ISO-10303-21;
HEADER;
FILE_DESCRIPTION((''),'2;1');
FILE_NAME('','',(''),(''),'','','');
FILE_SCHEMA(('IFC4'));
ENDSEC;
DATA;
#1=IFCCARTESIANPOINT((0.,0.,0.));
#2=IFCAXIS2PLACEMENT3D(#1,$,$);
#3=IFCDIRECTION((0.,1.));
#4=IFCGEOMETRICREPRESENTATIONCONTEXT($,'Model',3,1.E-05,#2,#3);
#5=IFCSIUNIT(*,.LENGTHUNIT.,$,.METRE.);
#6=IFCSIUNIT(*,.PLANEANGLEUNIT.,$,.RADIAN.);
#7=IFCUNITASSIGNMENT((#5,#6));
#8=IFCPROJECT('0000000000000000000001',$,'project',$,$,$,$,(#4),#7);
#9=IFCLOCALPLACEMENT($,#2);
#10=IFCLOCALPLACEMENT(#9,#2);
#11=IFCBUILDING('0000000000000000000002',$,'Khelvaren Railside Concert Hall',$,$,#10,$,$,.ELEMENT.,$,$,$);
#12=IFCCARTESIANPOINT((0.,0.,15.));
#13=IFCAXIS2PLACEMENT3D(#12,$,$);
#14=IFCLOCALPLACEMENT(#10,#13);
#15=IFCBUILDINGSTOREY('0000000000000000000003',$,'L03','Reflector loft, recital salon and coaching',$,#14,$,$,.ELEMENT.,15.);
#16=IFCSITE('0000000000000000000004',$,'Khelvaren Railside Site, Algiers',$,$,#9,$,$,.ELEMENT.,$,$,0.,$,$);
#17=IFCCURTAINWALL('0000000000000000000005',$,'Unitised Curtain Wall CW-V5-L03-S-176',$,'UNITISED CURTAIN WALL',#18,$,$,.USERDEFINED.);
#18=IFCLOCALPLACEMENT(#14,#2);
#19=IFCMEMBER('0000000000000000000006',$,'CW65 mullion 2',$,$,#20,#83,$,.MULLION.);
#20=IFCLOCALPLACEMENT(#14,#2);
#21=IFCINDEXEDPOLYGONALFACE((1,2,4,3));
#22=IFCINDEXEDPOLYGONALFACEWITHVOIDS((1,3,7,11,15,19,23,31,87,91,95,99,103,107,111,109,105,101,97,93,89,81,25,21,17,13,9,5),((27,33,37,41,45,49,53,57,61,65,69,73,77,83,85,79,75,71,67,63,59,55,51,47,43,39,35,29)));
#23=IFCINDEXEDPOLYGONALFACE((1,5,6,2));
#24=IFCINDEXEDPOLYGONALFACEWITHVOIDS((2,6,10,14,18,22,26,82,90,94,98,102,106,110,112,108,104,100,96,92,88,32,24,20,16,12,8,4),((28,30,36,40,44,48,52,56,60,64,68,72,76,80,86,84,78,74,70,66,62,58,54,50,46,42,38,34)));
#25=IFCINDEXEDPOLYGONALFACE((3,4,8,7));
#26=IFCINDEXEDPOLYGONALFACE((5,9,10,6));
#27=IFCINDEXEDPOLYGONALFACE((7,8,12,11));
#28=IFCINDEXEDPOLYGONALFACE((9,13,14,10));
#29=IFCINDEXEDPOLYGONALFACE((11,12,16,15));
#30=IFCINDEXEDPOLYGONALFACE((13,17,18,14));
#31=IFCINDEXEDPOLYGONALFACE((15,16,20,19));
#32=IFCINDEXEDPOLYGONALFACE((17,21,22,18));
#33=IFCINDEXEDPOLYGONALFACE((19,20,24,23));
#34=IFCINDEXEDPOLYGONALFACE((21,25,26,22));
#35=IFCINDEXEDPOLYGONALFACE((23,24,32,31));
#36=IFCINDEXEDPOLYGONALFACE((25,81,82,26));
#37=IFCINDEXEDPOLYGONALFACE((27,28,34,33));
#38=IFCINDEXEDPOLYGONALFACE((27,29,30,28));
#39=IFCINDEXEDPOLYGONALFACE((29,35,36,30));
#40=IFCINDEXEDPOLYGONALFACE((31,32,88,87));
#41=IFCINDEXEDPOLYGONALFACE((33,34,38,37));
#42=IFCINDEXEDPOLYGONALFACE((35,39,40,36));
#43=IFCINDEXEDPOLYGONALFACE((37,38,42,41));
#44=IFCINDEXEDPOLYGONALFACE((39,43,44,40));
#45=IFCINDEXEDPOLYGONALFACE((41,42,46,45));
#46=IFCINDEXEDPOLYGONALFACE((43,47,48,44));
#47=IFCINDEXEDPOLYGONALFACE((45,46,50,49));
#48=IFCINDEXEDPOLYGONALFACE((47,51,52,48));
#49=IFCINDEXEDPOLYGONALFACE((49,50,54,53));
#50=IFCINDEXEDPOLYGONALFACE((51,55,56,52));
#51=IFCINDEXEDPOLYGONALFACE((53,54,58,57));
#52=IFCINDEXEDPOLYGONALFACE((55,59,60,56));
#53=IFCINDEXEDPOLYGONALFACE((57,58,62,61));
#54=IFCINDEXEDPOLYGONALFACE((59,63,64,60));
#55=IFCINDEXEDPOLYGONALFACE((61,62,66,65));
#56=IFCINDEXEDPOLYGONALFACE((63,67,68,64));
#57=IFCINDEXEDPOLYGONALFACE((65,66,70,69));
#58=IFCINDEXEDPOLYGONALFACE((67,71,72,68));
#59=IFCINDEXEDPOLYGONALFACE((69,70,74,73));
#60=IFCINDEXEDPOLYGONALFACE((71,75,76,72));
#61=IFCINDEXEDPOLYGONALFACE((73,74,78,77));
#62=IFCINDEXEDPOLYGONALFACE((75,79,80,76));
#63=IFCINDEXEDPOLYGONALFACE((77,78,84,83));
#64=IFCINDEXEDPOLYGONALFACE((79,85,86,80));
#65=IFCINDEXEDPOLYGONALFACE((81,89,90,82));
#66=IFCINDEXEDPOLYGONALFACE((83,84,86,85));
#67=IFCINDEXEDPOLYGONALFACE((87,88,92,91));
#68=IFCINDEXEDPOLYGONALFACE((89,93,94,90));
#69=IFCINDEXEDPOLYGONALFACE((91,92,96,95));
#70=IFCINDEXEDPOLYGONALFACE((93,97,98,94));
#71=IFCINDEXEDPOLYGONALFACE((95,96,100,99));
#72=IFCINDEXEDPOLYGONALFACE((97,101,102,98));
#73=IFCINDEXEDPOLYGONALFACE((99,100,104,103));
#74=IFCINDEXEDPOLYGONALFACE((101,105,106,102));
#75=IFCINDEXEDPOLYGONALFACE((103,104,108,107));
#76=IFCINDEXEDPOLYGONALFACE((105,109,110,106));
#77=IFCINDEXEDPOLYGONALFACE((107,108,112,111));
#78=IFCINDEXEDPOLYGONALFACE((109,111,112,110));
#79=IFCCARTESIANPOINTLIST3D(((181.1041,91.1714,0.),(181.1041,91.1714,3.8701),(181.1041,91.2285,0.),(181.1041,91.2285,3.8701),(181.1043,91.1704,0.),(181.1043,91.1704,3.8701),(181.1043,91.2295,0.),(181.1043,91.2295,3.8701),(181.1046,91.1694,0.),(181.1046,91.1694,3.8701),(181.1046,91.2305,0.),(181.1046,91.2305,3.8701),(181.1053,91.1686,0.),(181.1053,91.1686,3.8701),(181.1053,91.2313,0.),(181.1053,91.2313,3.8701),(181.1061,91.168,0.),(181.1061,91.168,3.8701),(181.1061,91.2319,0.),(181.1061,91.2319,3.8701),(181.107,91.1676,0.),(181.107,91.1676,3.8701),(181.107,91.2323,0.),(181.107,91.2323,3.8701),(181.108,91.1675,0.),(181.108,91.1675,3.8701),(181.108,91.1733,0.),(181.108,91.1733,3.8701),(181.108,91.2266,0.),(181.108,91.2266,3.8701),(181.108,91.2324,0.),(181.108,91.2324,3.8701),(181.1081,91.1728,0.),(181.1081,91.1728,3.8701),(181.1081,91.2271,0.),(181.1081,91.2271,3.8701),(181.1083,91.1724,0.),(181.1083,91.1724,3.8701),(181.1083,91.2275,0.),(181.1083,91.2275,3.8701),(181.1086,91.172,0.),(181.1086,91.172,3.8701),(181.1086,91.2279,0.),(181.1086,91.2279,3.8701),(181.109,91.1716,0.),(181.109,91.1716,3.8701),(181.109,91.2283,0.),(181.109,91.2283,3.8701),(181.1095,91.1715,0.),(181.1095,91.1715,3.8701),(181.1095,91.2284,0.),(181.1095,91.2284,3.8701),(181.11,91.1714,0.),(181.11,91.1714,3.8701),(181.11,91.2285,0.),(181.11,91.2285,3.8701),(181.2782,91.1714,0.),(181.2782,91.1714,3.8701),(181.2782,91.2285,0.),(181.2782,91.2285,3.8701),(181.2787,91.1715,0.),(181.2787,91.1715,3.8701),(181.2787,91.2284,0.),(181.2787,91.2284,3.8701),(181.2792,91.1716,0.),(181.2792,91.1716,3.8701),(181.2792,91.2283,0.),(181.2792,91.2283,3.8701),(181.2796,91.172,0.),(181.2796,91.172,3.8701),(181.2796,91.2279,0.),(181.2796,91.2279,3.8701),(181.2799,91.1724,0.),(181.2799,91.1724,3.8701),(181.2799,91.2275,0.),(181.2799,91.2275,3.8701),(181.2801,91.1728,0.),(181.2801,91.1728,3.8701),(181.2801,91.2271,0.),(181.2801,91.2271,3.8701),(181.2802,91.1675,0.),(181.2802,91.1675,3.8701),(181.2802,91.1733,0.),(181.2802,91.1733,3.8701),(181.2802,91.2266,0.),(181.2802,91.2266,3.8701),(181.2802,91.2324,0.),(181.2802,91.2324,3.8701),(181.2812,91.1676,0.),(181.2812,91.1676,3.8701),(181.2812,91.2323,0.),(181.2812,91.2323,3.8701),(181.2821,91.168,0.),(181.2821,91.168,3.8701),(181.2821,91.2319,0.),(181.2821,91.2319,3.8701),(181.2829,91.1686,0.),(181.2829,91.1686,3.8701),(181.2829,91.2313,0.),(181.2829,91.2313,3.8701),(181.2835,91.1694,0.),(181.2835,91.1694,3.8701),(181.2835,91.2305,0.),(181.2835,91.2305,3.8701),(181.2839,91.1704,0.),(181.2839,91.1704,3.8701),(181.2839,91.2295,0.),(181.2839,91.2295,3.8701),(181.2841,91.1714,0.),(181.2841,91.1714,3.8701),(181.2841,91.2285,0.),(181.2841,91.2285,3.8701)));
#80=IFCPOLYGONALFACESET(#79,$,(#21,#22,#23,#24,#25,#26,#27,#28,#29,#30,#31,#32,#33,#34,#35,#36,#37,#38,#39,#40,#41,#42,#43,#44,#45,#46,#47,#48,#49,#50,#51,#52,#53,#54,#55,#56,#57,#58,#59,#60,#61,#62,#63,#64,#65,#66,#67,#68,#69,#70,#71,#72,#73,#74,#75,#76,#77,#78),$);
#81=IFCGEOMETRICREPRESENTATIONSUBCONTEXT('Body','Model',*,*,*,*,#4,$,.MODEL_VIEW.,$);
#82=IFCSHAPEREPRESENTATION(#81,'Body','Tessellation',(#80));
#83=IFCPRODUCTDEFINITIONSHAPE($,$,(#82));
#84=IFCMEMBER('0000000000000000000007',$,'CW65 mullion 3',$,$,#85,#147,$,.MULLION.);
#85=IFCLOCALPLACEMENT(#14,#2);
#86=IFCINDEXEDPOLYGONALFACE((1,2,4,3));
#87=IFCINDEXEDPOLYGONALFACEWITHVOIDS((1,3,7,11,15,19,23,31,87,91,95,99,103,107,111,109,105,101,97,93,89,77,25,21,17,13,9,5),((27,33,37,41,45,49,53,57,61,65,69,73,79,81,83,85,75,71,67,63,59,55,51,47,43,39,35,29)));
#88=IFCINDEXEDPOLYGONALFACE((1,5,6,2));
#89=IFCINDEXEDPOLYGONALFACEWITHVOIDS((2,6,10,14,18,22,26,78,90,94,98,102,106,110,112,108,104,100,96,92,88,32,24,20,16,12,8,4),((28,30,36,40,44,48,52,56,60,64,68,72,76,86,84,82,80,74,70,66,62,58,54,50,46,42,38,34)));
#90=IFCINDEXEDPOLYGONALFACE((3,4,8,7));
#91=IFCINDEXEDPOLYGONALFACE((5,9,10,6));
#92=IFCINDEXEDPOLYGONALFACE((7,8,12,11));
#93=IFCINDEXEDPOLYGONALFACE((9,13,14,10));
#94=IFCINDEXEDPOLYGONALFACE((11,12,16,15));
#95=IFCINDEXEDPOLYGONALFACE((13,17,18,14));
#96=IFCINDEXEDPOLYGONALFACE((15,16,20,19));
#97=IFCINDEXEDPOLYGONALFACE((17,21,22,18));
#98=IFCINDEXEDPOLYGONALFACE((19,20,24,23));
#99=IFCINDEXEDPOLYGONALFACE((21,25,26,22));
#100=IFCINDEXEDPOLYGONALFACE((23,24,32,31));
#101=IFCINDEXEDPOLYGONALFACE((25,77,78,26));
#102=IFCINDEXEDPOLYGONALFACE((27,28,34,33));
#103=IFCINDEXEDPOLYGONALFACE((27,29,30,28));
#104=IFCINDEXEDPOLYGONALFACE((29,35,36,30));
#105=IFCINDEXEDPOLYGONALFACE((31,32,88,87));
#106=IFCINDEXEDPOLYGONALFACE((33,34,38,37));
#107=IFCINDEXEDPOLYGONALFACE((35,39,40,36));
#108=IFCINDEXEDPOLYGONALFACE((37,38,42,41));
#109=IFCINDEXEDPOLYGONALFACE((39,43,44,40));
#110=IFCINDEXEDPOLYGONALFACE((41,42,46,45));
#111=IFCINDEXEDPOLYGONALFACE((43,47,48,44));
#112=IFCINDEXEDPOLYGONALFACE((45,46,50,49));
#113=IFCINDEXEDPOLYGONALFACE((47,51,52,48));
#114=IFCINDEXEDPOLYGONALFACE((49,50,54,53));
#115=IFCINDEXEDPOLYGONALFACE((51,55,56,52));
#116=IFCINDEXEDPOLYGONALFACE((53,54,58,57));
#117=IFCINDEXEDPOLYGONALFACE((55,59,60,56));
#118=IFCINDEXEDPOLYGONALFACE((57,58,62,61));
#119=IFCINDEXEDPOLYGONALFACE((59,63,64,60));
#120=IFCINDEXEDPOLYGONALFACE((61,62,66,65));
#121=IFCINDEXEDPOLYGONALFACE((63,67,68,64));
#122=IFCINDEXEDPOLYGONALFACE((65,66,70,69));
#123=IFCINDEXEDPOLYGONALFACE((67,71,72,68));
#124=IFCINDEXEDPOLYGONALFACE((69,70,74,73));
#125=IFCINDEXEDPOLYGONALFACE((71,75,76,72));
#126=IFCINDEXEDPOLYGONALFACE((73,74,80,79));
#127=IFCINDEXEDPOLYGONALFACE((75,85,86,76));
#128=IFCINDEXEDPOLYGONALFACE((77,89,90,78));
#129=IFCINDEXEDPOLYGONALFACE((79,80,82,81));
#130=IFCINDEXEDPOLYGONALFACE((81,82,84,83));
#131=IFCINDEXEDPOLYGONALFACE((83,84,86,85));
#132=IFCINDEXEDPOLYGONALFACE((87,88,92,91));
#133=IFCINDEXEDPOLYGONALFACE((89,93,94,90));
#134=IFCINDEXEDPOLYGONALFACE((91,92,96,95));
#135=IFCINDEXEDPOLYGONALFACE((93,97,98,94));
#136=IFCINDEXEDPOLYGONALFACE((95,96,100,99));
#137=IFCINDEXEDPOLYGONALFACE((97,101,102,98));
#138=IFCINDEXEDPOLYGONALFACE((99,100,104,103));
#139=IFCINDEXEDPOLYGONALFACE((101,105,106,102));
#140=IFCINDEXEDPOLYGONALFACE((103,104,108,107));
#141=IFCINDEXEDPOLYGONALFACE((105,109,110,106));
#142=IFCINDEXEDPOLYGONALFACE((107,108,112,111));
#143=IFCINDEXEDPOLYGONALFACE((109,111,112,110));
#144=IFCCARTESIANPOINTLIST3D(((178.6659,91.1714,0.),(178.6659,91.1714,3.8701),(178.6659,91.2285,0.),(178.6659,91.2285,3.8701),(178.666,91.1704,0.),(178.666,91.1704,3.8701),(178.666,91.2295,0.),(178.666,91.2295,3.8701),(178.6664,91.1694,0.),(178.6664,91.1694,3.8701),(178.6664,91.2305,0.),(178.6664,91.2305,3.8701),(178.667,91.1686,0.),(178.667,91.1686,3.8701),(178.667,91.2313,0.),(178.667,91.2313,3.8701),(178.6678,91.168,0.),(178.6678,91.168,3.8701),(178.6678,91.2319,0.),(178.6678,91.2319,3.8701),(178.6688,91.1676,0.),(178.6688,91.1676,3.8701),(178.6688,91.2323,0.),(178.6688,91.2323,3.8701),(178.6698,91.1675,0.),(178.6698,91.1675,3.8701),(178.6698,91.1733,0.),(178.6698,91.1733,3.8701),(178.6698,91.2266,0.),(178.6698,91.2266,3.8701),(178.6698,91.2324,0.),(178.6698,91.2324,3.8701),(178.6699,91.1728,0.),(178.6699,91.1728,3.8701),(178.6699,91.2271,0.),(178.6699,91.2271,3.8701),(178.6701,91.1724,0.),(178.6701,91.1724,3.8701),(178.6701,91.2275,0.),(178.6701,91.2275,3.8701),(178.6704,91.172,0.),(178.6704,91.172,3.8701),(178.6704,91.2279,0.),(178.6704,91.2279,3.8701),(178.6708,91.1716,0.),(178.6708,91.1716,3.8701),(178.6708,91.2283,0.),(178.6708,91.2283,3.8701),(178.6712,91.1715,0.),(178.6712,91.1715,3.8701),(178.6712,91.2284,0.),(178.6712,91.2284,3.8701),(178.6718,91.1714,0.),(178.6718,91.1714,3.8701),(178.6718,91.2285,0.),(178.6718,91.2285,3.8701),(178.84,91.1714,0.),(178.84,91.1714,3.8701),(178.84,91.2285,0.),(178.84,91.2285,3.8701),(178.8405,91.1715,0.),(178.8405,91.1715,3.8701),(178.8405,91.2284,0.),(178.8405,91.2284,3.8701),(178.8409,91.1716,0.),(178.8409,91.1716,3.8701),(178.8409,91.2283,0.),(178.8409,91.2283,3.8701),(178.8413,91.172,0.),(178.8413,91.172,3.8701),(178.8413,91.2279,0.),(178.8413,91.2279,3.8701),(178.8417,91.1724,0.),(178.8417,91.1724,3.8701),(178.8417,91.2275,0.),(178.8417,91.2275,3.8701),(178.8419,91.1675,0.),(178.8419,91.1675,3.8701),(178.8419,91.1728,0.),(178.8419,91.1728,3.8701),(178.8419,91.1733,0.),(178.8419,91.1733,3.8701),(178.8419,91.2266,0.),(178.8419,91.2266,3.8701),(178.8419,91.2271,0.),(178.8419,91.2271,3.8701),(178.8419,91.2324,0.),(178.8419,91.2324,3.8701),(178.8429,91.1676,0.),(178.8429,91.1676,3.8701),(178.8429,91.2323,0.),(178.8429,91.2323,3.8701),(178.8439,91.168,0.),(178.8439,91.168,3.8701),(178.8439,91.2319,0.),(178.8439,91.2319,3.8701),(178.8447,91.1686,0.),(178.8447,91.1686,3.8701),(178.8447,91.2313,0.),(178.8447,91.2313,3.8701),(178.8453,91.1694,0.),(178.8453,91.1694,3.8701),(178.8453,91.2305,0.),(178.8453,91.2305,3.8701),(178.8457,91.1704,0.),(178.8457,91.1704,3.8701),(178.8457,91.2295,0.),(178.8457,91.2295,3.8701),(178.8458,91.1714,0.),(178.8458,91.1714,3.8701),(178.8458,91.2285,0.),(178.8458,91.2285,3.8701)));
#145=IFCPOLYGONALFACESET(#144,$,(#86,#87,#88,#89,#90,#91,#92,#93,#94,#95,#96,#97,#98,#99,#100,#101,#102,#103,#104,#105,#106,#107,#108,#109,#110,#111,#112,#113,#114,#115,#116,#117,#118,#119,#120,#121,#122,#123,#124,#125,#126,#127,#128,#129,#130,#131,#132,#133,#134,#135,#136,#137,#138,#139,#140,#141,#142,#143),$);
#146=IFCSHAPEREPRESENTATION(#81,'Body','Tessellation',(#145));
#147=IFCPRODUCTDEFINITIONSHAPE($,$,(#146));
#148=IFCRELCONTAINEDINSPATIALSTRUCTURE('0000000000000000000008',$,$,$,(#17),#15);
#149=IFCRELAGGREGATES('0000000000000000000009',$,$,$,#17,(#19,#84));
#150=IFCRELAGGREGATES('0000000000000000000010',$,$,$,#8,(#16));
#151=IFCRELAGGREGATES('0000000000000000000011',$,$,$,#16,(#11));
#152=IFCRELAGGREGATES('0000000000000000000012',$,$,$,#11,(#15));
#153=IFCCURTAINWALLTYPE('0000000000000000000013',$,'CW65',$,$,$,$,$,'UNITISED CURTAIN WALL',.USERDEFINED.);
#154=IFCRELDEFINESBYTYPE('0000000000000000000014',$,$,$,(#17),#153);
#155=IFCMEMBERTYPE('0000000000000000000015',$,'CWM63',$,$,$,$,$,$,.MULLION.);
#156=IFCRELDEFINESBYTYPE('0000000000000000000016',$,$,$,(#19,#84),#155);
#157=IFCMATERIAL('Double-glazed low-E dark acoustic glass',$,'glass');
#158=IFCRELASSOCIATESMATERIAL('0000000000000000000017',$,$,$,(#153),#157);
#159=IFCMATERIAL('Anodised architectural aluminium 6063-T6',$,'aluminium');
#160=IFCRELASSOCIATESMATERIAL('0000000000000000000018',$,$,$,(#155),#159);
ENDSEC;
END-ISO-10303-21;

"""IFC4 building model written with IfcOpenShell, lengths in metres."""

from ifc_helpers import new_model, si_unit, direction, frame, origin, origin_2d, place, context, subcontext, project, spatial, hollow_rectangle, extrude, material, material_profile, profile_set, type_object, element, aggregate, save


model = new_model("IFC4")

# Units and contexts
model_context = context("Model", 3, precision=1e-05, world=origin(), true_north=direction((0.0, 1.0)))
body_context = subcontext(model_context, "Body", "Model", "MODEL_VIEW")
ifc_project = project(units=[si_unit("LENGTHUNIT", "METRE"), si_unit("PLANEANGLEUNIT", "RADIAN")], contexts=[model_context])

# Site, building, storey
site_placement = place(None, origin())
site = spatial("IfcSite", under=ifc_project, at=site_placement, Name="Khelvaren Railside Site, Algiers", CompositionType="ELEMENT", RefElevation=0.0)
building_placement = place(site_placement, origin())
building = spatial("IfcBuilding", under=site, at=building_placement, Name="Khelvaren Railside Concert Hall", CompositionType="ELEMENT")
storey_placement = place(building_placement, frame((0.0, 0.0, 15.0)))
storey = spatial("IfcBuildingStorey", under=building, at=storey_placement, Name="L03", Description="Reflector loft, recital salon and coaching", CompositionType="ELEMENT", Elevation=15.0)

# Shared definitions
ifc_material_1 = material(Name="Anodised architectural aluminium 6063-T6", Category="aluminium")

# Curtain wall, members
ifc_material_2 = material(Name="Double-glazed low-E dark acoustic glass", Category="glass")
curtain_wall_type_1 = type_object("IfcCurtainWallType", Name="CW65", ElementType="UNITISED CURTAIN WALL", PredefinedType="USERDEFINED", material=ifc_material_2)
curtain_wall_1_placement = place(storey_placement, origin())
curtain_wall_1 = element("IfcCurtainWall", 1, at=curtain_wall_1_placement, inside=storey, type_object=curtain_wall_type_1, Name="Unitised Curtain Wall CW-V5-L03-S-176", ObjectType="UNITISED CURTAIN WALL", PredefinedType="USERDEFINED")
ifc_material_profile_1 = material_profile(ifc_material_1, hollow_rectangle(XDim=0.0649, YDim=0.1799, WallThickness=0.0039, InnerFilletRadius=0.002, OuterFilletRadius=0.0039, at=origin_2d()), Name="CWM 65x180x4")
ifc_profile_set_1 = profile_set([ifc_material_profile_1], Name="Anodised architectural aluminium 6063-T6")
member_type_1 = type_object("IfcMemberType", Name="CWM63", PredefinedType="MULLION", material=ifc_profile_set_1)
member_1_placement = place(storey_placement, frame((181.1941, 91.2, 0.0), z_axis=(0.0, 0.0, 1.0), x_axis=(0.0, -1.0, 0.0)))
member_1 = element("IfcMember", 2, at=member_1_placement, type_object=member_type_1, Name="CW65 mullion 2", PredefinedType="MULLION", context=body_context, shape_type="SweptSolid", body=[
    extrude(hollow_rectangle(XDim=0.0649, YDim=0.1799, WallThickness=0.0039, InnerFilletRadius=0.002, OuterFilletRadius=0.0039, at=origin_2d()), origin(), (0.0, 0.0, 1.0), 3.8701),
])
member_2_placement = place(storey_placement, frame((178.7559, 91.2, 0.0), z_axis=(0.0, 0.0, 1.0), x_axis=(0.0, -1.0, 0.0)))
member_2 = element("IfcMember", 3, at=member_2_placement, type_object=member_type_1, Name="CW65 mullion 3", PredefinedType="MULLION", context=body_context, shape_type="SweptSolid", body=[
    extrude(hollow_rectangle(XDim=0.0649, YDim=0.1799, WallThickness=0.0039, InnerFilletRadius=0.002, OuterFilletRadius=0.0039, at=origin_2d()), origin(), (0.0, 0.0, 1.0), 3.8701),
])

aggregate(curtain_wall_1, [member_1, member_2])

save(model, "model.ifc")
